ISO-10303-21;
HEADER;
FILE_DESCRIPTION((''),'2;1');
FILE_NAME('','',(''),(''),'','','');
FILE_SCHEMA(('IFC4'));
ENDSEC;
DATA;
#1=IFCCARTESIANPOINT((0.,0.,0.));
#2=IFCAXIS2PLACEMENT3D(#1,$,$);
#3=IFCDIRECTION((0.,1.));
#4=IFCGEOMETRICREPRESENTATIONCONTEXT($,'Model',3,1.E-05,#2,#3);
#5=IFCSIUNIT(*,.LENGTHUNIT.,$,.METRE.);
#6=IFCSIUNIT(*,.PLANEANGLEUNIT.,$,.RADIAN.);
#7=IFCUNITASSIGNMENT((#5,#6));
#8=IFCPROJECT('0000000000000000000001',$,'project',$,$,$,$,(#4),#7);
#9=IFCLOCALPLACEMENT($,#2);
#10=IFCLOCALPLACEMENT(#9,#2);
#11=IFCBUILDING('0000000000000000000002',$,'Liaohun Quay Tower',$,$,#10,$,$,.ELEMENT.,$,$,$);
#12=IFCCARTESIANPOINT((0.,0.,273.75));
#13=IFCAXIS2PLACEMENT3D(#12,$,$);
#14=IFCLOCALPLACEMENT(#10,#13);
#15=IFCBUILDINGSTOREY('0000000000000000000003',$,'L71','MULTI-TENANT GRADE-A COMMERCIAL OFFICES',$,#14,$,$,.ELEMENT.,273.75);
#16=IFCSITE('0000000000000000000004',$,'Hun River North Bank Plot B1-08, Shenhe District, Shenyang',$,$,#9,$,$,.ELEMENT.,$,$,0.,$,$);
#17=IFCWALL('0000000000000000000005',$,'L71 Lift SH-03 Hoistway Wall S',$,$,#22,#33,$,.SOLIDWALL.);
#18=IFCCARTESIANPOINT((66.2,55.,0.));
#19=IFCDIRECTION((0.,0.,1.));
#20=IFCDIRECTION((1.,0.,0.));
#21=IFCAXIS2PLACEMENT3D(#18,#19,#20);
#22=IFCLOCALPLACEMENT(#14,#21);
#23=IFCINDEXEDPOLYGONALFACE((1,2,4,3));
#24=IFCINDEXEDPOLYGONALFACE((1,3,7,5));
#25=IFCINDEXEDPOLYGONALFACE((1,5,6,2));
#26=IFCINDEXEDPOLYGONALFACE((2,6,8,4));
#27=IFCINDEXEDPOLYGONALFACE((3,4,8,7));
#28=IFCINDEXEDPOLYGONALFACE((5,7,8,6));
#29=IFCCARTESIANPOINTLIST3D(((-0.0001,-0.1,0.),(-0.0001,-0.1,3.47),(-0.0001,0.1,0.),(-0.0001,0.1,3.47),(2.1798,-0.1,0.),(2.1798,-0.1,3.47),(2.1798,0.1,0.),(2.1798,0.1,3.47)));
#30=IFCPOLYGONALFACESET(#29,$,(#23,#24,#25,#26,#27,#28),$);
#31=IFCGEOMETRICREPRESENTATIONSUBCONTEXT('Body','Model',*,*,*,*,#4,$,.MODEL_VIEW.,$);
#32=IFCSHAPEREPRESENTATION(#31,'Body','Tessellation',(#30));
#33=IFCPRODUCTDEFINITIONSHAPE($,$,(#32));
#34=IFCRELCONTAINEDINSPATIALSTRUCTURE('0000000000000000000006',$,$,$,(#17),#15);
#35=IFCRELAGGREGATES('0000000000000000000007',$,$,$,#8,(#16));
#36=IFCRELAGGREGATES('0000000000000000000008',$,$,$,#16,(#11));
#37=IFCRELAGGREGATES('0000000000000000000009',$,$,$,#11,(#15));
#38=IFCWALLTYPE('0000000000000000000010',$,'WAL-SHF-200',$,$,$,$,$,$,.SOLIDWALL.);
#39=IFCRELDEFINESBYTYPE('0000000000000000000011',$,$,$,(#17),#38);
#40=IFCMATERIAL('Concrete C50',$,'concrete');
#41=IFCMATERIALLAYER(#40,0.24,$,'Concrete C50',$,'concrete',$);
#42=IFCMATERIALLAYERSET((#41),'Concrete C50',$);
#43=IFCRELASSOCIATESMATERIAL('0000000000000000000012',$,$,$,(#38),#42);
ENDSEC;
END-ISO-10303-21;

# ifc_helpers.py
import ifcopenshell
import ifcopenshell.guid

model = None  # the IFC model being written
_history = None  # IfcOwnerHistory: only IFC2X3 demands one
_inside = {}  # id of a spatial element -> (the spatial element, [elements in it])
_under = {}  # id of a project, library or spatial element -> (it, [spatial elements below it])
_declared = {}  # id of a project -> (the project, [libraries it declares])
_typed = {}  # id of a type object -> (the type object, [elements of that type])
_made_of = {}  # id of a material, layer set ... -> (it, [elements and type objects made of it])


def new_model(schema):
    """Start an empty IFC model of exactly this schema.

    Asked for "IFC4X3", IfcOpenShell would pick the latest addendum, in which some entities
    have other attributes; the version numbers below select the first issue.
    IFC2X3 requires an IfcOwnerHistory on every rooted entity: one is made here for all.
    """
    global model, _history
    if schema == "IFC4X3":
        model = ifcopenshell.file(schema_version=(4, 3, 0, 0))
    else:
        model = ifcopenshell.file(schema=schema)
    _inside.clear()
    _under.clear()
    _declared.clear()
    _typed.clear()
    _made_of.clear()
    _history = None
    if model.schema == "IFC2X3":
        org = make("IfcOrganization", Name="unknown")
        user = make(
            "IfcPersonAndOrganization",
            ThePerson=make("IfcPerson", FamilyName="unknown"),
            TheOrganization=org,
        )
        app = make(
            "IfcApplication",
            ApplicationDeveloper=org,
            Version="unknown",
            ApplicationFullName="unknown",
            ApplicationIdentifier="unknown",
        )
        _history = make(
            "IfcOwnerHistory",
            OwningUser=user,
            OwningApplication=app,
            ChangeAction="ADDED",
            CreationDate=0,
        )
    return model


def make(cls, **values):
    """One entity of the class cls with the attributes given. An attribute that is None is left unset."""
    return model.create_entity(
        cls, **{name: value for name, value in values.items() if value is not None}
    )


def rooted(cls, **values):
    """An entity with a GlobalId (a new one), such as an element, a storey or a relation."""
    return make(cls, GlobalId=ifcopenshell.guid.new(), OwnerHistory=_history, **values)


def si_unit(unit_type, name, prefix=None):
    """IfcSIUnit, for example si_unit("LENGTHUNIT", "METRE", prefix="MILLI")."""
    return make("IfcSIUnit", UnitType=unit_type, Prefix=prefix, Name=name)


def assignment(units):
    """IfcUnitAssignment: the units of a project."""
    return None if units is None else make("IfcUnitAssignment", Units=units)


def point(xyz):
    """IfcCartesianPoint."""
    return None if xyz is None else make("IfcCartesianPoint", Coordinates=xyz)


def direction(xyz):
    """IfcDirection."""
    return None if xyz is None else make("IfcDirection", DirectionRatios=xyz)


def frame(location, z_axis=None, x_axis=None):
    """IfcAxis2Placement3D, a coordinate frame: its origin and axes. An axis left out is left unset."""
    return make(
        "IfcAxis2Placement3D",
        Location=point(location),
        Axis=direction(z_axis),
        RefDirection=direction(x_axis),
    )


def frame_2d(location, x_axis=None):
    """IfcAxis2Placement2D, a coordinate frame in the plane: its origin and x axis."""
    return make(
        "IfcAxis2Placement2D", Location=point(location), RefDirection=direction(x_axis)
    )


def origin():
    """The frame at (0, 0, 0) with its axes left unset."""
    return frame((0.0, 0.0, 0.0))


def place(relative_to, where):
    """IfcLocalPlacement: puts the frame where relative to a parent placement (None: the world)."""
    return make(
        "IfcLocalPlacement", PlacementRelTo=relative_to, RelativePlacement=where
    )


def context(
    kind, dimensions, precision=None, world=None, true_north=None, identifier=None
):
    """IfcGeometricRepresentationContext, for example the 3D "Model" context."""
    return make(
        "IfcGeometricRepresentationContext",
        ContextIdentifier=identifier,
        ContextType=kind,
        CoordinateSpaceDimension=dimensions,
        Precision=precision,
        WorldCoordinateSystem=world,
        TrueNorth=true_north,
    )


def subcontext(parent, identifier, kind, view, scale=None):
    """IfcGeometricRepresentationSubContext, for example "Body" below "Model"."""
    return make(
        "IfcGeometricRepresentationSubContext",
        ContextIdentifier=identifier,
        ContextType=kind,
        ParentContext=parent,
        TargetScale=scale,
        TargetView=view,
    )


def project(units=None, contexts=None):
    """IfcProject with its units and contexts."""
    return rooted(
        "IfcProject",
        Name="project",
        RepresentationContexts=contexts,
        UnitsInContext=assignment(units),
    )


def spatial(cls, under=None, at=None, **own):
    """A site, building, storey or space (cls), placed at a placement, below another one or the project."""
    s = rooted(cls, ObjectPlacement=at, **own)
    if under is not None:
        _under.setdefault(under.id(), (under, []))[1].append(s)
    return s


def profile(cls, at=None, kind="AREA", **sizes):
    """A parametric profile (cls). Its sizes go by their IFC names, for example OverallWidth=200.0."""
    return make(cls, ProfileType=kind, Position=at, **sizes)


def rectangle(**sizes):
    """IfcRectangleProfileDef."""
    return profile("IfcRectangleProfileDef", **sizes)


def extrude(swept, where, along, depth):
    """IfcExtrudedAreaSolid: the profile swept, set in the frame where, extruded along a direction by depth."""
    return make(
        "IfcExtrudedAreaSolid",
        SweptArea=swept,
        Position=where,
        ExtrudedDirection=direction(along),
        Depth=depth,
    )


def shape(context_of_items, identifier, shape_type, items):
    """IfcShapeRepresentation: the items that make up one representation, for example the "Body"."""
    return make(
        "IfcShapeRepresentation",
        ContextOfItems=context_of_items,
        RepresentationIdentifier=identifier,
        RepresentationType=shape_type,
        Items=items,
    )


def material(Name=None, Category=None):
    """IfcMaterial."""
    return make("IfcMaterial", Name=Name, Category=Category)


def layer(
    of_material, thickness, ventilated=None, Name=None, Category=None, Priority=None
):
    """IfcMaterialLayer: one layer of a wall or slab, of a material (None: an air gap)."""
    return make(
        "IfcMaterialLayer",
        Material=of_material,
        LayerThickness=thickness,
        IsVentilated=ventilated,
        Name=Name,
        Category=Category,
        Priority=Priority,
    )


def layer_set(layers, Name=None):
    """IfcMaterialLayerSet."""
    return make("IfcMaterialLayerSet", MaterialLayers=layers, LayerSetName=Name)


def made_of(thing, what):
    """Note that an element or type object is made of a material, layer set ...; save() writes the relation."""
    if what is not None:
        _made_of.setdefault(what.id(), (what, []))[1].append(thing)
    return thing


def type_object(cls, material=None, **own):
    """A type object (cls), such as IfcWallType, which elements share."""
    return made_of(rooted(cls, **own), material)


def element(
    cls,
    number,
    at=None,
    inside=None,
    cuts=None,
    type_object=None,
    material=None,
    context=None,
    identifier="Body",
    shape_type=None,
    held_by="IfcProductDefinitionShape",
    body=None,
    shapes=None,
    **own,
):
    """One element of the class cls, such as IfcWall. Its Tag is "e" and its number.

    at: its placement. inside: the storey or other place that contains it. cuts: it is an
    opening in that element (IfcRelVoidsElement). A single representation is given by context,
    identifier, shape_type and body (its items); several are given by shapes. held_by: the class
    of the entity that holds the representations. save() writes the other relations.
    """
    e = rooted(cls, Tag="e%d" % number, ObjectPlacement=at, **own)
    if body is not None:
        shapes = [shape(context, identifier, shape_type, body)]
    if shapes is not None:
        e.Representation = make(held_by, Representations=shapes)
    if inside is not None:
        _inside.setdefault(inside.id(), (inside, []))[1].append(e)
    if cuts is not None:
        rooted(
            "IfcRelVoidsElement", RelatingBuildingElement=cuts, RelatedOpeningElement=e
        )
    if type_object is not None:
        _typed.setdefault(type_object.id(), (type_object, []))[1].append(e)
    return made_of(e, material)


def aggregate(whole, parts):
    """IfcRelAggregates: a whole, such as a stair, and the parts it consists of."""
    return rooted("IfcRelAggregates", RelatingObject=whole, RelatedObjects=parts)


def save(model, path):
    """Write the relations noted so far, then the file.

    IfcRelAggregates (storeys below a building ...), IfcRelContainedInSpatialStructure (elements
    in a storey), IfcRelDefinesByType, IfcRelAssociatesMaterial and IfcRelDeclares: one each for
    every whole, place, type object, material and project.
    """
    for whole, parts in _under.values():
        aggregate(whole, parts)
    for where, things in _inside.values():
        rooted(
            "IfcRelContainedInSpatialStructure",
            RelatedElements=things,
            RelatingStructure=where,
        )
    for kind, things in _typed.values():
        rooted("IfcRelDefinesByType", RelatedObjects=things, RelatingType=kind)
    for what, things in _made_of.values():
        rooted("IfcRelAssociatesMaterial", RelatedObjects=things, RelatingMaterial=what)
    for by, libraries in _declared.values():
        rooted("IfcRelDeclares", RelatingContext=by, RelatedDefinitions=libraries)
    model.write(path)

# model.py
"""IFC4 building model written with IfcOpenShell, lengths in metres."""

from ifc_helpers import new_model, si_unit, direction, frame, frame_2d, origin, place, context, subcontext, project, spatial, rectangle, extrude, material, layer, layer_set, type_object, element, save


model = new_model("IFC4")

# Units and contexts
model_context = context("Model", 3, precision=1e-05, world=origin(), true_north=direction((0.0, 1.0)))
body_context = subcontext(model_context, "Body", "Model", "MODEL_VIEW")
ifc_project = project(units=[si_unit("LENGTHUNIT", "METRE"), si_unit("PLANEANGLEUNIT", "RADIAN")], contexts=[model_context])

# Site, building, storey
site_placement = place(None, origin())
site = spatial("IfcSite", under=ifc_project, at=site_placement, Name="Hun River North Bank Plot B1-08, Shenhe District, Shenyang", CompositionType="ELEMENT", RefElevation=0.0)
building_placement = place(site_placement, origin())
building = spatial("IfcBuilding", under=site, at=building_placement, Name="Liaohun Quay Tower", CompositionType="ELEMENT")
storey_placement = place(building_placement, frame((0.0, 0.0, 273.75)))
storey = spatial("IfcBuildingStorey", under=building, at=storey_placement, Name="L71", Description="MULTI-TENANT GRADE-A COMMERCIAL OFFICES", CompositionType="ELEMENT", Elevation=273.75)

# Shared definitions
ifc_material_1 = material(Name="Concrete C50", Category="concrete")
ifc_layer_1 = layer(ifc_material_1, 0.24, Name="Concrete C50", Category="concrete")
ifc_layer_set_1 = layer_set([ifc_layer_1], Name="Concrete C50")
wall_type_1 = type_object("IfcWallType", Name="WAL-SHF-200", PredefinedType="SOLIDWALL", material=ifc_layer_set_1)

# Wall
wall_1_placement = place(storey_placement, frame((66.2, 55.0, 0.0), z_axis=(0.0, 0.0, 1.0), x_axis=(1.0, 0.0, 0.0)))
element("IfcWall", 1, at=wall_1_placement, inside=storey, type_object=wall_type_1, Name="L71 Lift SH-03 Hoistway Wall S", PredefinedType="SOLIDWALL", context=body_context, shape_type="SweptSolid", body=[
    extrude(rectangle(XDim=2.1799, YDim=0.2, at=frame_2d((1.0898, 0.0))), origin(), (0.0, 0.0, 1.0), 3.47),
])

save(model, "model.ifc")
